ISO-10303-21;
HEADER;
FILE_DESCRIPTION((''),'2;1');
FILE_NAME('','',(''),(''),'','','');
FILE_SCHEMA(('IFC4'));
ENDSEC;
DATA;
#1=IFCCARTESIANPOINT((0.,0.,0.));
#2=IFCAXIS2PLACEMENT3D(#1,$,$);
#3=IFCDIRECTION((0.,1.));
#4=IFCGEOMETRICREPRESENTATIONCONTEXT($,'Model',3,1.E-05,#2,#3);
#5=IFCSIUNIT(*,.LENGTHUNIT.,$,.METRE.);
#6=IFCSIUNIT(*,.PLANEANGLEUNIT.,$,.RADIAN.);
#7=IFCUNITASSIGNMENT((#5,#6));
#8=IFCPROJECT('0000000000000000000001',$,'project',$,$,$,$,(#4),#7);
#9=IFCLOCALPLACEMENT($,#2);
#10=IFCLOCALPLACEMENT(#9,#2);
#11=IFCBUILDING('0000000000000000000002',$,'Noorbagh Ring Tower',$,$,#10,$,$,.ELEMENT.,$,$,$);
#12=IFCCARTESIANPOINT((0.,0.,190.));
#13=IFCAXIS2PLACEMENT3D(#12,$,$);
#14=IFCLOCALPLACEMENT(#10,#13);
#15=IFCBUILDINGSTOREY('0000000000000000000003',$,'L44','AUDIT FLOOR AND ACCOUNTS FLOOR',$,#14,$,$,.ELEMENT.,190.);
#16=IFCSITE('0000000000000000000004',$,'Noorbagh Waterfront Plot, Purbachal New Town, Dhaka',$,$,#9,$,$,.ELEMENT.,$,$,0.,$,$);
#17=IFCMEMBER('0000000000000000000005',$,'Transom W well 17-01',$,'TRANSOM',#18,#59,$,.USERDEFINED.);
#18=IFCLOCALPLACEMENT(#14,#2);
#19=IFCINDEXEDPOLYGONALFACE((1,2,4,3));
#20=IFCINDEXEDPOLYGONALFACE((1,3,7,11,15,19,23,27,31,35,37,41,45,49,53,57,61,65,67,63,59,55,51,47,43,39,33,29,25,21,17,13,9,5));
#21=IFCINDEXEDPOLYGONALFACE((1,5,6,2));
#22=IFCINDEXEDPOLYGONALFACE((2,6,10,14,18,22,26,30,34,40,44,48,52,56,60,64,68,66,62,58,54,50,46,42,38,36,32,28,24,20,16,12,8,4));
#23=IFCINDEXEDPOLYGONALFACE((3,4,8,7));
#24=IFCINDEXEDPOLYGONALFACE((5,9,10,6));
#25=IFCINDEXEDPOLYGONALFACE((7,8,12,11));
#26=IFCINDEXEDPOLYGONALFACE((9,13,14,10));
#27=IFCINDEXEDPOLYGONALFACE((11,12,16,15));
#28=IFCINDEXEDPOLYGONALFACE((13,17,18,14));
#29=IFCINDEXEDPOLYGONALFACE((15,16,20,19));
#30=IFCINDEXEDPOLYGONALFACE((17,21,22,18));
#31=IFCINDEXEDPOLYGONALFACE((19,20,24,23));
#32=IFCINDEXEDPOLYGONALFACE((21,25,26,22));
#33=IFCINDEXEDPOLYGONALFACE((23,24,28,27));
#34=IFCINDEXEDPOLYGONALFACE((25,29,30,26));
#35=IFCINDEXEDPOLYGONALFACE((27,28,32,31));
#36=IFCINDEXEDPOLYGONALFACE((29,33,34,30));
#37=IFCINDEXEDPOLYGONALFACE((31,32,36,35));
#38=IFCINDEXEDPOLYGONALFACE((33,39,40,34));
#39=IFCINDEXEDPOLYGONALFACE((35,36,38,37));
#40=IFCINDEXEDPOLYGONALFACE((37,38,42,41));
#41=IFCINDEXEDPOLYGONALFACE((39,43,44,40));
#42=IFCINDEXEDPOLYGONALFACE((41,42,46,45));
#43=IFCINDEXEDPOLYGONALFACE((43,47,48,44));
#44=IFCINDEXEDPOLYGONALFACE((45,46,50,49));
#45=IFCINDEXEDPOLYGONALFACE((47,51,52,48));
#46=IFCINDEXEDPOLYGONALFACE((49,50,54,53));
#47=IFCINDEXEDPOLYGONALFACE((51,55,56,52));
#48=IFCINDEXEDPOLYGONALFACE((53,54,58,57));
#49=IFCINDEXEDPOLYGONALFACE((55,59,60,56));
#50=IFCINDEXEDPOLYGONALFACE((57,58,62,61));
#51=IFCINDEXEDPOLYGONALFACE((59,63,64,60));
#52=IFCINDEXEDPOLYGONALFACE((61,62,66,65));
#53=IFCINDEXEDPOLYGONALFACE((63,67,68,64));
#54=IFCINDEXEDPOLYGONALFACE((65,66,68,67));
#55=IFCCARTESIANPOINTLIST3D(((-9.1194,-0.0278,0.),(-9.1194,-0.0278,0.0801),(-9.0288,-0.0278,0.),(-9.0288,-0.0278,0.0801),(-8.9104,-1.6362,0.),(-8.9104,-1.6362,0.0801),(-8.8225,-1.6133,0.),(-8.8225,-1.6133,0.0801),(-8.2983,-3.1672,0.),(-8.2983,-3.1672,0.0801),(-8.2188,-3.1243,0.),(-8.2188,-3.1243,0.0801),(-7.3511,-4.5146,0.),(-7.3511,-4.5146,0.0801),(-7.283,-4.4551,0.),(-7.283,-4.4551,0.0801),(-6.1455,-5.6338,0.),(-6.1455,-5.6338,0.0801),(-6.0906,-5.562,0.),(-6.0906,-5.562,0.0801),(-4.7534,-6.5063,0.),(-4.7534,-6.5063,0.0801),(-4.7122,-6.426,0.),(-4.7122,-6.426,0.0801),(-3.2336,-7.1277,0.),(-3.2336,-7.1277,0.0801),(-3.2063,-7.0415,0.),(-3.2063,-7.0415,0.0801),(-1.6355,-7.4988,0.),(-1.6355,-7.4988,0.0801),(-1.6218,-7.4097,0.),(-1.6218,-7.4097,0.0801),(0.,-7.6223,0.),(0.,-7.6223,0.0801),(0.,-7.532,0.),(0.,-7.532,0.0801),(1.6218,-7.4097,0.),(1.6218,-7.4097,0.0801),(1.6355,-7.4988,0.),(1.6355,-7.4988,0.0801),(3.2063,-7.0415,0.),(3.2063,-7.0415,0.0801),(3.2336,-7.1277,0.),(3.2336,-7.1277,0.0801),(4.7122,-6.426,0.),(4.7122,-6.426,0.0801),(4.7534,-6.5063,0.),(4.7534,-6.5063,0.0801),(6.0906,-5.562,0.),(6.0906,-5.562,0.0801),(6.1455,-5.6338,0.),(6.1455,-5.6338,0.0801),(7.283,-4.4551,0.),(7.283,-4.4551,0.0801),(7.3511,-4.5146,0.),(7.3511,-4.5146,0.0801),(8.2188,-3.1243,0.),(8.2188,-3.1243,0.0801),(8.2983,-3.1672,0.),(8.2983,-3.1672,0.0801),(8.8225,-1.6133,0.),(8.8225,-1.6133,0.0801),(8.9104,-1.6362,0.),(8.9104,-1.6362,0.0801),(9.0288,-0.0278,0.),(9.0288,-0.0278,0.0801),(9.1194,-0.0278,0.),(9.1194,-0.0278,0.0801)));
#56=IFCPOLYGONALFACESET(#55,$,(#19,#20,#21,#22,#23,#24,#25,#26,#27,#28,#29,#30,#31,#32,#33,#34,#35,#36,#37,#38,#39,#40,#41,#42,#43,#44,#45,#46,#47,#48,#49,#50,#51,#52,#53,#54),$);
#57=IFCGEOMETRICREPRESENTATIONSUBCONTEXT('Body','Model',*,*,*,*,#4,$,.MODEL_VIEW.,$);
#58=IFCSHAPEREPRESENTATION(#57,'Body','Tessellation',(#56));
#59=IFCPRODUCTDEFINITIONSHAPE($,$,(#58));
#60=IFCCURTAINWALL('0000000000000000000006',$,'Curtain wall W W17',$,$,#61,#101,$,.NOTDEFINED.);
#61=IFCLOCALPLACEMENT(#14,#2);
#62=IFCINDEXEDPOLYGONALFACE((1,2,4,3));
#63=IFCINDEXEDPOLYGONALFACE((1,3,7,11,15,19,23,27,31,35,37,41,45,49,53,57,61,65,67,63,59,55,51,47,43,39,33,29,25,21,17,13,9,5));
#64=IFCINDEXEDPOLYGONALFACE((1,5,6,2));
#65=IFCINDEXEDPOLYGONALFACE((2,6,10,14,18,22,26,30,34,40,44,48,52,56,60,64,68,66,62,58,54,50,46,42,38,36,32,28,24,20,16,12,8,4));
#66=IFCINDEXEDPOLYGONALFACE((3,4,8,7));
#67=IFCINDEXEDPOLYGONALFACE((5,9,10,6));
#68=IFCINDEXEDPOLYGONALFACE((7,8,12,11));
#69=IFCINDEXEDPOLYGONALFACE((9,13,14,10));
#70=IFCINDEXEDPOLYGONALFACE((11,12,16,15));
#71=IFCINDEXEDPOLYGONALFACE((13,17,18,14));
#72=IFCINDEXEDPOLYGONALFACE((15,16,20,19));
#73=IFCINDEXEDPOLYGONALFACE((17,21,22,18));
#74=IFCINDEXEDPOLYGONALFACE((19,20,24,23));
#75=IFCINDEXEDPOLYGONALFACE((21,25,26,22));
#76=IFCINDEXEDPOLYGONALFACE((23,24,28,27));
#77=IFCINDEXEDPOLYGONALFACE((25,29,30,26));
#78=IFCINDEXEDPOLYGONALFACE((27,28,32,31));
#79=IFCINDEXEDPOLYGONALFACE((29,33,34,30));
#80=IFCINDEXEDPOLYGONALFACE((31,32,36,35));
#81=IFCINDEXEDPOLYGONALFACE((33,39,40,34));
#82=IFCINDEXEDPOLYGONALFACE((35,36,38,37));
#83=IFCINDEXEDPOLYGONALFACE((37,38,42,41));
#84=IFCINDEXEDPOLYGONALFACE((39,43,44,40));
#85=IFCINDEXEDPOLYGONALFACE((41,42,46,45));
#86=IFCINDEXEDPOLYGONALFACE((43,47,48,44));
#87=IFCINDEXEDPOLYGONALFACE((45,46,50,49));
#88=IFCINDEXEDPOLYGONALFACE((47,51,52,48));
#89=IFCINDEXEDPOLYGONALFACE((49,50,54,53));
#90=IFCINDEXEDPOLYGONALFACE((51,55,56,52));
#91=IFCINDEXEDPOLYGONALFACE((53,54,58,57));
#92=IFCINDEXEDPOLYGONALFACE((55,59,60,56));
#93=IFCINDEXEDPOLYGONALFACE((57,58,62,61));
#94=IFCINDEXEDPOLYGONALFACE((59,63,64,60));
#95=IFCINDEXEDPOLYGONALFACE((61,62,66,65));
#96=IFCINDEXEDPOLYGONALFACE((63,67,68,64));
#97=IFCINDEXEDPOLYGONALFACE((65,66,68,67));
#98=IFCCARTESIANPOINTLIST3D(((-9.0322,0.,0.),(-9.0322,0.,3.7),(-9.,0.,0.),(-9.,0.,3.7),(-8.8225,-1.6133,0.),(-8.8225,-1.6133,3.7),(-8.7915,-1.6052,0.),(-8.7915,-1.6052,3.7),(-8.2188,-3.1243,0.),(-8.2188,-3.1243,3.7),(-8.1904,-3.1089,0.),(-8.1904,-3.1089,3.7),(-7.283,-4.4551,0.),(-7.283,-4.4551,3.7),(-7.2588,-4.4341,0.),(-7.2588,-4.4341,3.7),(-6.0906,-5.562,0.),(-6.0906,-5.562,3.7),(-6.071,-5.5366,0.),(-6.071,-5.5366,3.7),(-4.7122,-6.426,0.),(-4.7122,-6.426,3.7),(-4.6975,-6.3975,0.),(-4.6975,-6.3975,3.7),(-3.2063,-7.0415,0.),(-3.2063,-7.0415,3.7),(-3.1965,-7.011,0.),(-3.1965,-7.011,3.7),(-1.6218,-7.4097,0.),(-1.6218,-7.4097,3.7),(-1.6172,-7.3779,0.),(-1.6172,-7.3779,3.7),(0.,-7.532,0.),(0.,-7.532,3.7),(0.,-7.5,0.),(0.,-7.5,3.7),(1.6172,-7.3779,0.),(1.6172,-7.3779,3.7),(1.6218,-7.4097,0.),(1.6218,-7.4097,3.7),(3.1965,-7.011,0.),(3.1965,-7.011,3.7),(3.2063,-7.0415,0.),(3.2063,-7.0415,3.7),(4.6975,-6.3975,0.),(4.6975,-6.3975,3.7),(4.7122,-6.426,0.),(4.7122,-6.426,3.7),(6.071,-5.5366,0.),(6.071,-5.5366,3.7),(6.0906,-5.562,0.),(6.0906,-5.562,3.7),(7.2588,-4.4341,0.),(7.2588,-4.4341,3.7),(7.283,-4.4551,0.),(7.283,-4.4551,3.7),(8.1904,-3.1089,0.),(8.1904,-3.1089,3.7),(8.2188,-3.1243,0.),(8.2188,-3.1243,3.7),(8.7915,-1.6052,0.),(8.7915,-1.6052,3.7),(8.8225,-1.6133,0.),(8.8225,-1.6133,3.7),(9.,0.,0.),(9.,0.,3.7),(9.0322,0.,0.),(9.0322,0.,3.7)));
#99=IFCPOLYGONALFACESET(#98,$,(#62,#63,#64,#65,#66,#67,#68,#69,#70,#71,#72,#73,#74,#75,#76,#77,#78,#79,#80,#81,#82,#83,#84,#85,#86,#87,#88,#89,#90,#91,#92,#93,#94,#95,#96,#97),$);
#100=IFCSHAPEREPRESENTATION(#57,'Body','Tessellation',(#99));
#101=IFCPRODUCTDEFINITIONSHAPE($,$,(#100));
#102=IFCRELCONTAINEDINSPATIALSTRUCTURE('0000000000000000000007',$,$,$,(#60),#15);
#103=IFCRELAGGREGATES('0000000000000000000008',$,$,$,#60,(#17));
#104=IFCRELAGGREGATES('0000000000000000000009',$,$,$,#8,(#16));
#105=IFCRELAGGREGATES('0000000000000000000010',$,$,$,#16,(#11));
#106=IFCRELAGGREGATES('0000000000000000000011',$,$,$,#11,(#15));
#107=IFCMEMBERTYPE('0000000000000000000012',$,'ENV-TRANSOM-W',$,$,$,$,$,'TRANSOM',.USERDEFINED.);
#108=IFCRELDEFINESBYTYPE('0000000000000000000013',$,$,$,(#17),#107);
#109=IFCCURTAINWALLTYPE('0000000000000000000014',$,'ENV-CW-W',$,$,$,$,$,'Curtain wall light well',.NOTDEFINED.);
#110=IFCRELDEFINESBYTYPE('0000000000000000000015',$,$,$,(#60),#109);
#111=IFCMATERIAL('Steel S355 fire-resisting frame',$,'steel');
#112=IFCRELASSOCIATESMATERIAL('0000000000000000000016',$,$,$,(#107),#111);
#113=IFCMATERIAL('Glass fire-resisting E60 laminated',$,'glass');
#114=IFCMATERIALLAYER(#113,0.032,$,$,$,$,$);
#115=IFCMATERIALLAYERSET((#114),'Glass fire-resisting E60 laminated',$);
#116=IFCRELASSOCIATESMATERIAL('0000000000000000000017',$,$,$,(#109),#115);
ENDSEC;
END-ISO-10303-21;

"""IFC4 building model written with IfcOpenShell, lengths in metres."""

from ifc_helpers import new_model, si_unit, direction, frame, origin, place, context, subcontext, project, spatial, polyline, outline, extrude, material, layer, layer_set, type_object, element, aggregate, save


model = new_model("IFC4")

# Units and contexts
model_context = context("Model", 3, precision=1e-05, world=origin(), true_north=direction((0.0, 1.0)))
body_context = subcontext(model_context, "Body", "Model", "MODEL_VIEW")
ifc_project = project(units=[si_unit("LENGTHUNIT", "METRE"), si_unit("PLANEANGLEUNIT", "RADIAN")], contexts=[model_context])

# Member
site_placement = place(None, origin())
building_placement = place(site_placement, origin())
storey_placement = place(building_placement, frame((0.0, 0.0, 190.0)))
ifc_material_1 = material(Name="Steel S355 fire-resisting frame", Category="steel")
member_type_1 = type_object("IfcMemberType", Name="ENV-TRANSOM-W", ElementType="TRANSOM", PredefinedType="USERDEFINED", material=ifc_material_1)
member_1_placement = place(storey_placement, origin())
member_1 = element("IfcMember", 1, at=member_1_placement, type_object=member_type_1, Name="Transom W well 17-01", ObjectType="TRANSOM", PredefinedType="USERDEFINED", context=body_context, shape_type="SweptSolid", body=[
    extrude(outline(polyline([(-9.1194, -0.0278), (-8.9104, -1.6362), (-8.2983, -3.1672), (-7.3511, -4.5146), (-6.1455, -5.6338), (-4.7534, -6.5063), (-3.2336, -7.1277), (-1.6355, -7.4988), (0.0, -7.6223), (1.6355, -7.4988), (3.2336, -7.1277), (4.7534, -6.5063), (6.1455, -5.6338), (7.3511, -4.5146), (8.2983, -3.1672), (8.9104, -1.6362), (9.1194, -0.0278), (9.0288, -0.0278), (8.8225, -1.6133), (8.2188, -3.1243), (7.283, -4.4551), (6.0906, -5.562), (4.7122, -6.426), (3.2063, -7.0415), (1.6218, -7.4097), (0.0, -7.532), (-1.6218, -7.4097), (-3.2063, -7.0415), (-4.7122, -6.426), (-6.0906, -5.562), (-7.283, -4.4551), (-8.2188, -3.1243), (-8.8225, -1.6133), (-9.0288, -0.0278), (-9.1194, -0.0278)])), origin(), (0.0, 0.0, 1.0), 0.0801),
])

# Site, building, storey
site = spatial("IfcSite", under=ifc_project, at=site_placement, Name="Noorbagh Waterfront Plot, Purbachal New Town, Dhaka", CompositionType="ELEMENT", RefElevation=0.0)
building = spatial("IfcBuilding", under=site, at=building_placement, Name="Noorbagh Ring Tower", CompositionType="ELEMENT")
storey = spatial("IfcBuildingStorey", under=building, at=storey_placement, Name="L44", Description="AUDIT FLOOR AND ACCOUNTS FLOOR", CompositionType="ELEMENT", Elevation=190.0)

# Curtain wall
ifc_material_2 = material(Name="Glass fire-resisting E60 laminated", Category="glass")
ifc_layer_1 = layer(ifc_material_2, 0.032)
ifc_layer_set_1 = layer_set([ifc_layer_1], Name="Glass fire-resisting E60 laminated")
curtain_wall_type_1 = type_object("IfcCurtainWallType", Name="ENV-CW-W", ElementType="Curtain wall light well", PredefinedType="NOTDEFINED", material=ifc_layer_set_1)
curtain_wall_1_placement = place(storey_placement, origin())
curtain_wall_1 = element("IfcCurtainWall", 2, at=curtain_wall_1_placement, inside=storey, type_object=curtain_wall_type_1, Name="Curtain wall W W17", PredefinedType="NOTDEFINED", context=body_context, shape_type="SweptSolid", body=[
    extrude(outline(polyline([(-9.0322, 0.0), (-8.8225, -1.6133), (-8.2188, -3.1243), (-7.283, -4.4551), (-6.0906, -5.562), (-4.7122, -6.426), (-3.2063, -7.0415), (-1.6218, -7.4097), (0.0, -7.532), (1.6218, -7.4097), (3.2063, -7.0415), (4.7122, -6.426), (6.0906, -5.562), (7.283, -4.4551), (8.2188, -3.1243), (8.8225, -1.6133), (9.0322, 0.0), (9.0, 0.0), (8.7915, -1.6052), (8.1904, -3.1089), (7.2588, -4.4341), (6.071, -5.5366), (4.6975, -6.3975), (3.1965, -7.011), (1.6172, -7.3779), (0.0, -7.5), (-1.6172, -7.3779), (-3.1965, -7.011), (-4.6975, -6.3975), (-6.071, -5.5366), (-7.2588, -4.4341), (-8.1904, -3.1089), (-8.7915, -1.6052), (-9.0, 0.0), (-9.0322, 0.0)])), origin(), (0.0, 0.0, 1.0), 3.7),
])
aggregate(curtain_wall_1, [member_1])

save(model, "model.ifc")
